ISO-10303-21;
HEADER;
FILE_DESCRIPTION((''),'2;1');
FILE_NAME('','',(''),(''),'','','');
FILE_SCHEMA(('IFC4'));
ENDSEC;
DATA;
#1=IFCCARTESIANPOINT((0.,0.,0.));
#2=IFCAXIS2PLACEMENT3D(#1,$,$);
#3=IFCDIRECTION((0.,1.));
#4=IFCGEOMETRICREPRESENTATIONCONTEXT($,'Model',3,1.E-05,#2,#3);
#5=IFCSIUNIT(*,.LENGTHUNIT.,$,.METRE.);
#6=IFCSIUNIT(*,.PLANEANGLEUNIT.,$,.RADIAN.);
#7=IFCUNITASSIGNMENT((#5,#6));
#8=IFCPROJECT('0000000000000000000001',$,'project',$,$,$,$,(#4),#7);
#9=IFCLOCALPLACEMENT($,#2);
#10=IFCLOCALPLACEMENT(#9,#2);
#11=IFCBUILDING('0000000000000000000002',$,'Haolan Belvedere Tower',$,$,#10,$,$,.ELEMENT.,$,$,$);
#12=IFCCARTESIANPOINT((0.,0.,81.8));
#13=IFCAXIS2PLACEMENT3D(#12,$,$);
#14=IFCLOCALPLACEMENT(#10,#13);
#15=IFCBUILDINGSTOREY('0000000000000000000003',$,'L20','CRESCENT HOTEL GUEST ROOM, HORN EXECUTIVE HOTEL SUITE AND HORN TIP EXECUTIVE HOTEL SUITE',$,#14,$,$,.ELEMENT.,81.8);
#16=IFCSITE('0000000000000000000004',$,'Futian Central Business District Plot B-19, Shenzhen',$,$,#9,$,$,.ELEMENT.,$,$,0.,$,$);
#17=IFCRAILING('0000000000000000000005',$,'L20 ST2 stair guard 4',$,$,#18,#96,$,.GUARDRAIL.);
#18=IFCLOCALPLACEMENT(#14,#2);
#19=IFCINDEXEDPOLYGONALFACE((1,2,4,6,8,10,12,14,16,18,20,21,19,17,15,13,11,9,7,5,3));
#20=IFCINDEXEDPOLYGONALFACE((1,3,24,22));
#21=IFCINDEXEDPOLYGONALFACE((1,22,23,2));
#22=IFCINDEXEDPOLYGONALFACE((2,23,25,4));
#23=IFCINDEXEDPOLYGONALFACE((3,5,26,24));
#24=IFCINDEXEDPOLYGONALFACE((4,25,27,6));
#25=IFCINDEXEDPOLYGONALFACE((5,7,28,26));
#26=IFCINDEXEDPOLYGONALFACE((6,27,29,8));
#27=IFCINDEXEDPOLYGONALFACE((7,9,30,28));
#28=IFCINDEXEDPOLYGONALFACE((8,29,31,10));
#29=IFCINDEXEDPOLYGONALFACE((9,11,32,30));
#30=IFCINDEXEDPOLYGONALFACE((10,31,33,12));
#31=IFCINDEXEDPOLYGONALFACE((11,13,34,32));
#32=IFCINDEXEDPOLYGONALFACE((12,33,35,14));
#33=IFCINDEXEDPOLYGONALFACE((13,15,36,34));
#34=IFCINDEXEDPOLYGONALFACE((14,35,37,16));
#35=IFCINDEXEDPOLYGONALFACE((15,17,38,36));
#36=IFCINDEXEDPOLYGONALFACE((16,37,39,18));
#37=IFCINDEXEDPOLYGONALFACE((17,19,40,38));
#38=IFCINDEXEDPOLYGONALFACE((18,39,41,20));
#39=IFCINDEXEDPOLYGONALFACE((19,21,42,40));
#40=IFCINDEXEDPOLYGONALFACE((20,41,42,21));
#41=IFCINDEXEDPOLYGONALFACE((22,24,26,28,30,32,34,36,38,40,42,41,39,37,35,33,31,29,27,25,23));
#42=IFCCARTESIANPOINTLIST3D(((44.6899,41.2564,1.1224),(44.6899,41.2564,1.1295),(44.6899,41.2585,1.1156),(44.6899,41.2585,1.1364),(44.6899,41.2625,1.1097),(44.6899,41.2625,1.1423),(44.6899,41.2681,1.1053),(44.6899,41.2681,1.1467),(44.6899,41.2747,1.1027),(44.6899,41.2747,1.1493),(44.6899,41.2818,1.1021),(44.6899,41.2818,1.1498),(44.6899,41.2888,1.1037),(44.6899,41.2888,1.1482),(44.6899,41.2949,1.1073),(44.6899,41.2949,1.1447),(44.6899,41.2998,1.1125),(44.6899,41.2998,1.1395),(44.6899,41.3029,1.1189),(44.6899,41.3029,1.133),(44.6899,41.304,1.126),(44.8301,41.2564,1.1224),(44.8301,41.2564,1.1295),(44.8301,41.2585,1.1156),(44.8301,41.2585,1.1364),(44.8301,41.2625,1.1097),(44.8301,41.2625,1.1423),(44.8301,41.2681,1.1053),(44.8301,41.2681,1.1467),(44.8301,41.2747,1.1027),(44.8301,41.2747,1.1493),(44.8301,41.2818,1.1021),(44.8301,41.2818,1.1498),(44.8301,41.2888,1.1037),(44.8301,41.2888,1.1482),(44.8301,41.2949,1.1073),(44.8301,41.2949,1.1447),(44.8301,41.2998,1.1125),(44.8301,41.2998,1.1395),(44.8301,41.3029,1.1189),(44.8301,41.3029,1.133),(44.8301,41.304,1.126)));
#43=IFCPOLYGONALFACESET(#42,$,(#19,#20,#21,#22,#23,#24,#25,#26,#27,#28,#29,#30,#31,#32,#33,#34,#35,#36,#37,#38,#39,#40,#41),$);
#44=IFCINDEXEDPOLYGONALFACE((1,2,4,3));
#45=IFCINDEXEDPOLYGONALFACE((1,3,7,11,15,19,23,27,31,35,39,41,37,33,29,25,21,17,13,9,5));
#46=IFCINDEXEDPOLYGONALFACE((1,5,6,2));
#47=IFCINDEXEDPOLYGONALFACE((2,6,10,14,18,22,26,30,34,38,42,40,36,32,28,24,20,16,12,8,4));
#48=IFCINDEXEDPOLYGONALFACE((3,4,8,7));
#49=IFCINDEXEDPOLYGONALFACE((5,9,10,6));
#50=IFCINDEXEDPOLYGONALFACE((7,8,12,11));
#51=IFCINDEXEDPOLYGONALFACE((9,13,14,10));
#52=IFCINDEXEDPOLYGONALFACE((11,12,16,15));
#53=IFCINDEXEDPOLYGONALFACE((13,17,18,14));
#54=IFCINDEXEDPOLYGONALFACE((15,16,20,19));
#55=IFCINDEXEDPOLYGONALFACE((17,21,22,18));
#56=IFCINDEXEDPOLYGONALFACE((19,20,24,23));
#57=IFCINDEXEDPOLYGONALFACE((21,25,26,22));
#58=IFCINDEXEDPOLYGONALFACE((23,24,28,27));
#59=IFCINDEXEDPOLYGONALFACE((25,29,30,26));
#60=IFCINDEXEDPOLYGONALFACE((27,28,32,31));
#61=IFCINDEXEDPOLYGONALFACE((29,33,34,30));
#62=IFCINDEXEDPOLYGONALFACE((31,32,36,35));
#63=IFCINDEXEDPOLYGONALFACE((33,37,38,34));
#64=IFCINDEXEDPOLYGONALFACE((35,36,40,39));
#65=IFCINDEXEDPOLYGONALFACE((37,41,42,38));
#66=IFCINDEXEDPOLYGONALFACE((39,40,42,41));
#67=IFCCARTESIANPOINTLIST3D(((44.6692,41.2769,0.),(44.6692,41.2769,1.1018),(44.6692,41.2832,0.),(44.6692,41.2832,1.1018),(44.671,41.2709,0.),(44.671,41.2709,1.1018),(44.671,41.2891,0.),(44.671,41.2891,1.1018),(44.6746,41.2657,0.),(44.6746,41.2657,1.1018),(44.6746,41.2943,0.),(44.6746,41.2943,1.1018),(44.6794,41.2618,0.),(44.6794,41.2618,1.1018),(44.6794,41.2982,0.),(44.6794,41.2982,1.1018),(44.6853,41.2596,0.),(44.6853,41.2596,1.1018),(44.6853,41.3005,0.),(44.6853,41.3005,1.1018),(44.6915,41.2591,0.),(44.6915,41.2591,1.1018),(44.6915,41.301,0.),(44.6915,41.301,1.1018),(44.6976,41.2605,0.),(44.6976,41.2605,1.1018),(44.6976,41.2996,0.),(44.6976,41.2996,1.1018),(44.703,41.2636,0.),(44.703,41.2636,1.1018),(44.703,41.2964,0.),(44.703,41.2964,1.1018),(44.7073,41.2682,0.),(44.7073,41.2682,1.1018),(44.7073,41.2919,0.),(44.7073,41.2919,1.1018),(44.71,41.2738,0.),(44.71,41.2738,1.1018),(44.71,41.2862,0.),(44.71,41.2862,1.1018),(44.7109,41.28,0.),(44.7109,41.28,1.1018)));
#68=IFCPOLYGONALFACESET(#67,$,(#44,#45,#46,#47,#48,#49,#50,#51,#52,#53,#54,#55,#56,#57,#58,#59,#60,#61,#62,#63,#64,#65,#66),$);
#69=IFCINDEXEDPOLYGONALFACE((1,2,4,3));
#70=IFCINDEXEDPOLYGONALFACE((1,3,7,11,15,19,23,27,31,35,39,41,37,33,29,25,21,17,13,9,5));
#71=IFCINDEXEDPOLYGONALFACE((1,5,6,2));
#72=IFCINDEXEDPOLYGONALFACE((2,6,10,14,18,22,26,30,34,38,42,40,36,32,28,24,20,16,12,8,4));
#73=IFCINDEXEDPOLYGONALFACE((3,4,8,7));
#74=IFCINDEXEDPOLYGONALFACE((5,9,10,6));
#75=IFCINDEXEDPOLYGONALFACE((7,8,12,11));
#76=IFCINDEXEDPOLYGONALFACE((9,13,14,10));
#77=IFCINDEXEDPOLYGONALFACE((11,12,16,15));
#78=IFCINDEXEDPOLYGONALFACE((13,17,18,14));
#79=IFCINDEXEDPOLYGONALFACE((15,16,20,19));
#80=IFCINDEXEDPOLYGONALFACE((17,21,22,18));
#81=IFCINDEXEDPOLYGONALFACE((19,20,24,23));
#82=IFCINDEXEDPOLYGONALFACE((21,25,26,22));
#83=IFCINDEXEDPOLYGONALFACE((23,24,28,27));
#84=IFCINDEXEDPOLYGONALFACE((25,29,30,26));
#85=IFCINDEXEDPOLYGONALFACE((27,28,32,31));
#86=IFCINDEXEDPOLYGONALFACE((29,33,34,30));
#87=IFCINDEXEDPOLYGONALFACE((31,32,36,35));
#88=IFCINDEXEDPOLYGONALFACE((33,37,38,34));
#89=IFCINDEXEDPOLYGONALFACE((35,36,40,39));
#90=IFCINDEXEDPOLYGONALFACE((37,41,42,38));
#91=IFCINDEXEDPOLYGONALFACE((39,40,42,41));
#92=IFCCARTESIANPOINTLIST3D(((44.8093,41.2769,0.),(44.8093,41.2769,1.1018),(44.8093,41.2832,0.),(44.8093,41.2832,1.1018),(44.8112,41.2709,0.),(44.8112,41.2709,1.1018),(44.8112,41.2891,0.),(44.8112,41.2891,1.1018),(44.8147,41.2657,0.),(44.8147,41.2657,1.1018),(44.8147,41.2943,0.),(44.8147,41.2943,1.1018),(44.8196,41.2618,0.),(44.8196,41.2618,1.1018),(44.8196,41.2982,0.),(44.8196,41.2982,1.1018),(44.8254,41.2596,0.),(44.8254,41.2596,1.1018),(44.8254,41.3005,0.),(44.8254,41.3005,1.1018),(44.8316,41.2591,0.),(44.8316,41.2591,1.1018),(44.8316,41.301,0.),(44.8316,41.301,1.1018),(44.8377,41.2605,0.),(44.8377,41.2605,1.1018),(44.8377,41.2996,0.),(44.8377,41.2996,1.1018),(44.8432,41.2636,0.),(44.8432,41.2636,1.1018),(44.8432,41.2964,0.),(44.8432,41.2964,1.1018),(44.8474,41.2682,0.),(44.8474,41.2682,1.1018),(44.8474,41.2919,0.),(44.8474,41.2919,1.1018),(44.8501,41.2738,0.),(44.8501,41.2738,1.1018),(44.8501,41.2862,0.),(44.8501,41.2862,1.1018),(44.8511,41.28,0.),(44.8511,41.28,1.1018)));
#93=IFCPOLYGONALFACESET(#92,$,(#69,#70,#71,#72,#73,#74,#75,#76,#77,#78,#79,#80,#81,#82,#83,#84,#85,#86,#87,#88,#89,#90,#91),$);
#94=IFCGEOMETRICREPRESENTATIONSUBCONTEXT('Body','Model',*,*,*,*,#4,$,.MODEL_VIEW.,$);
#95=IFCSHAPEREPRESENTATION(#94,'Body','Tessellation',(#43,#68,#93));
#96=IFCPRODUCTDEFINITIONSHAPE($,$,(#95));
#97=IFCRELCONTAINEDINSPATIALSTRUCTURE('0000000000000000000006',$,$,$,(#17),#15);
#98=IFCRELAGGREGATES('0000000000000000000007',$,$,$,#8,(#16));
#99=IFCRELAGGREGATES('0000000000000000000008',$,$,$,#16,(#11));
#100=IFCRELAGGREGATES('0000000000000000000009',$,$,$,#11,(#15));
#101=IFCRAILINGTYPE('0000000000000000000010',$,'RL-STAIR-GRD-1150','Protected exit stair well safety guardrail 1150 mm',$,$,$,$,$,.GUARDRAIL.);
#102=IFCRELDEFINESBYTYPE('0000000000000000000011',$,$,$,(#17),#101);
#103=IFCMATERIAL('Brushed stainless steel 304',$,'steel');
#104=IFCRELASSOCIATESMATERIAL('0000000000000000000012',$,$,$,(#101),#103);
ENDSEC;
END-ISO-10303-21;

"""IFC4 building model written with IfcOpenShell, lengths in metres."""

from ifc_helpers import new_model, si_unit, direction, frame, origin, origin_2d, place, context, subcontext, project, spatial, circle, extrude, material, type_object, element, save


model = new_model("IFC4")

# Units and contexts
model_context = context("Model", 3, precision=1e-05, world=origin(), true_north=direction((0.0, 1.0)))
body_context = subcontext(model_context, "Body", "Model", "MODEL_VIEW")
ifc_project = project(units=[si_unit("LENGTHUNIT", "METRE"), si_unit("PLANEANGLEUNIT", "RADIAN")], contexts=[model_context])

# Site, building, storey
site_placement = place(None, origin())
site = spatial("IfcSite", under=ifc_project, at=site_placement, Name="Futian Central Business District Plot B-19, Shenzhen", CompositionType="ELEMENT", RefElevation=0.0)
building_placement = place(site_placement, origin())
building = spatial("IfcBuilding", under=site, at=building_placement, Name="Haolan Belvedere Tower", CompositionType="ELEMENT")
storey_placement = place(building_placement, frame((0.0, 0.0, 81.8)))
storey = spatial("IfcBuildingStorey", under=building, at=storey_placement, Name="L20", Description="CRESCENT HOTEL GUEST ROOM, HORN EXECUTIVE HOTEL SUITE AND HORN TIP EXECUTIVE HOTEL SUITE", CompositionType="ELEMENT", Elevation=81.8)

# Railing
ifc_material_1 = material(Name="Brushed stainless steel 304", Category="steel")
railing_type_1 = type_object("IfcRailingType", Name="RL-STAIR-GRD-1150", Description="Protected exit stair well safety guardrail 1150 mm", PredefinedType="GUARDRAIL", material=ifc_material_1)
railing_1_placement = place(storey_placement, frame((44.6899, 41.28, 0.0)))
element("IfcRailing", 1, at=railing_1_placement, inside=storey, type_object=railing_type_1, Name="L20 ST2 stair guard 4", PredefinedType="GUARDRAIL", context=body_context, shape_type="SweptSolid", body=[
    extrude(circle(Radius=0.0239, at=origin_2d()), frame((0.0, 0.0, 1.126), z_axis=(1.0, 0.0, 0.0), x_axis=(0.0, 1.0, 0.0)), (0.0, 0.0, 1.0), 0.1401),
    extrude(circle(Radius=0.021, at=origin_2d()), origin(), (0.0, 0.0, 1.0), 1.1018),
    extrude(circle(Radius=0.021, at=origin_2d()), frame((0.1401, 0.0, 0.0)), (0.0, 0.0, 1.0), 1.1018),
])

save(model, "model.ifc")
